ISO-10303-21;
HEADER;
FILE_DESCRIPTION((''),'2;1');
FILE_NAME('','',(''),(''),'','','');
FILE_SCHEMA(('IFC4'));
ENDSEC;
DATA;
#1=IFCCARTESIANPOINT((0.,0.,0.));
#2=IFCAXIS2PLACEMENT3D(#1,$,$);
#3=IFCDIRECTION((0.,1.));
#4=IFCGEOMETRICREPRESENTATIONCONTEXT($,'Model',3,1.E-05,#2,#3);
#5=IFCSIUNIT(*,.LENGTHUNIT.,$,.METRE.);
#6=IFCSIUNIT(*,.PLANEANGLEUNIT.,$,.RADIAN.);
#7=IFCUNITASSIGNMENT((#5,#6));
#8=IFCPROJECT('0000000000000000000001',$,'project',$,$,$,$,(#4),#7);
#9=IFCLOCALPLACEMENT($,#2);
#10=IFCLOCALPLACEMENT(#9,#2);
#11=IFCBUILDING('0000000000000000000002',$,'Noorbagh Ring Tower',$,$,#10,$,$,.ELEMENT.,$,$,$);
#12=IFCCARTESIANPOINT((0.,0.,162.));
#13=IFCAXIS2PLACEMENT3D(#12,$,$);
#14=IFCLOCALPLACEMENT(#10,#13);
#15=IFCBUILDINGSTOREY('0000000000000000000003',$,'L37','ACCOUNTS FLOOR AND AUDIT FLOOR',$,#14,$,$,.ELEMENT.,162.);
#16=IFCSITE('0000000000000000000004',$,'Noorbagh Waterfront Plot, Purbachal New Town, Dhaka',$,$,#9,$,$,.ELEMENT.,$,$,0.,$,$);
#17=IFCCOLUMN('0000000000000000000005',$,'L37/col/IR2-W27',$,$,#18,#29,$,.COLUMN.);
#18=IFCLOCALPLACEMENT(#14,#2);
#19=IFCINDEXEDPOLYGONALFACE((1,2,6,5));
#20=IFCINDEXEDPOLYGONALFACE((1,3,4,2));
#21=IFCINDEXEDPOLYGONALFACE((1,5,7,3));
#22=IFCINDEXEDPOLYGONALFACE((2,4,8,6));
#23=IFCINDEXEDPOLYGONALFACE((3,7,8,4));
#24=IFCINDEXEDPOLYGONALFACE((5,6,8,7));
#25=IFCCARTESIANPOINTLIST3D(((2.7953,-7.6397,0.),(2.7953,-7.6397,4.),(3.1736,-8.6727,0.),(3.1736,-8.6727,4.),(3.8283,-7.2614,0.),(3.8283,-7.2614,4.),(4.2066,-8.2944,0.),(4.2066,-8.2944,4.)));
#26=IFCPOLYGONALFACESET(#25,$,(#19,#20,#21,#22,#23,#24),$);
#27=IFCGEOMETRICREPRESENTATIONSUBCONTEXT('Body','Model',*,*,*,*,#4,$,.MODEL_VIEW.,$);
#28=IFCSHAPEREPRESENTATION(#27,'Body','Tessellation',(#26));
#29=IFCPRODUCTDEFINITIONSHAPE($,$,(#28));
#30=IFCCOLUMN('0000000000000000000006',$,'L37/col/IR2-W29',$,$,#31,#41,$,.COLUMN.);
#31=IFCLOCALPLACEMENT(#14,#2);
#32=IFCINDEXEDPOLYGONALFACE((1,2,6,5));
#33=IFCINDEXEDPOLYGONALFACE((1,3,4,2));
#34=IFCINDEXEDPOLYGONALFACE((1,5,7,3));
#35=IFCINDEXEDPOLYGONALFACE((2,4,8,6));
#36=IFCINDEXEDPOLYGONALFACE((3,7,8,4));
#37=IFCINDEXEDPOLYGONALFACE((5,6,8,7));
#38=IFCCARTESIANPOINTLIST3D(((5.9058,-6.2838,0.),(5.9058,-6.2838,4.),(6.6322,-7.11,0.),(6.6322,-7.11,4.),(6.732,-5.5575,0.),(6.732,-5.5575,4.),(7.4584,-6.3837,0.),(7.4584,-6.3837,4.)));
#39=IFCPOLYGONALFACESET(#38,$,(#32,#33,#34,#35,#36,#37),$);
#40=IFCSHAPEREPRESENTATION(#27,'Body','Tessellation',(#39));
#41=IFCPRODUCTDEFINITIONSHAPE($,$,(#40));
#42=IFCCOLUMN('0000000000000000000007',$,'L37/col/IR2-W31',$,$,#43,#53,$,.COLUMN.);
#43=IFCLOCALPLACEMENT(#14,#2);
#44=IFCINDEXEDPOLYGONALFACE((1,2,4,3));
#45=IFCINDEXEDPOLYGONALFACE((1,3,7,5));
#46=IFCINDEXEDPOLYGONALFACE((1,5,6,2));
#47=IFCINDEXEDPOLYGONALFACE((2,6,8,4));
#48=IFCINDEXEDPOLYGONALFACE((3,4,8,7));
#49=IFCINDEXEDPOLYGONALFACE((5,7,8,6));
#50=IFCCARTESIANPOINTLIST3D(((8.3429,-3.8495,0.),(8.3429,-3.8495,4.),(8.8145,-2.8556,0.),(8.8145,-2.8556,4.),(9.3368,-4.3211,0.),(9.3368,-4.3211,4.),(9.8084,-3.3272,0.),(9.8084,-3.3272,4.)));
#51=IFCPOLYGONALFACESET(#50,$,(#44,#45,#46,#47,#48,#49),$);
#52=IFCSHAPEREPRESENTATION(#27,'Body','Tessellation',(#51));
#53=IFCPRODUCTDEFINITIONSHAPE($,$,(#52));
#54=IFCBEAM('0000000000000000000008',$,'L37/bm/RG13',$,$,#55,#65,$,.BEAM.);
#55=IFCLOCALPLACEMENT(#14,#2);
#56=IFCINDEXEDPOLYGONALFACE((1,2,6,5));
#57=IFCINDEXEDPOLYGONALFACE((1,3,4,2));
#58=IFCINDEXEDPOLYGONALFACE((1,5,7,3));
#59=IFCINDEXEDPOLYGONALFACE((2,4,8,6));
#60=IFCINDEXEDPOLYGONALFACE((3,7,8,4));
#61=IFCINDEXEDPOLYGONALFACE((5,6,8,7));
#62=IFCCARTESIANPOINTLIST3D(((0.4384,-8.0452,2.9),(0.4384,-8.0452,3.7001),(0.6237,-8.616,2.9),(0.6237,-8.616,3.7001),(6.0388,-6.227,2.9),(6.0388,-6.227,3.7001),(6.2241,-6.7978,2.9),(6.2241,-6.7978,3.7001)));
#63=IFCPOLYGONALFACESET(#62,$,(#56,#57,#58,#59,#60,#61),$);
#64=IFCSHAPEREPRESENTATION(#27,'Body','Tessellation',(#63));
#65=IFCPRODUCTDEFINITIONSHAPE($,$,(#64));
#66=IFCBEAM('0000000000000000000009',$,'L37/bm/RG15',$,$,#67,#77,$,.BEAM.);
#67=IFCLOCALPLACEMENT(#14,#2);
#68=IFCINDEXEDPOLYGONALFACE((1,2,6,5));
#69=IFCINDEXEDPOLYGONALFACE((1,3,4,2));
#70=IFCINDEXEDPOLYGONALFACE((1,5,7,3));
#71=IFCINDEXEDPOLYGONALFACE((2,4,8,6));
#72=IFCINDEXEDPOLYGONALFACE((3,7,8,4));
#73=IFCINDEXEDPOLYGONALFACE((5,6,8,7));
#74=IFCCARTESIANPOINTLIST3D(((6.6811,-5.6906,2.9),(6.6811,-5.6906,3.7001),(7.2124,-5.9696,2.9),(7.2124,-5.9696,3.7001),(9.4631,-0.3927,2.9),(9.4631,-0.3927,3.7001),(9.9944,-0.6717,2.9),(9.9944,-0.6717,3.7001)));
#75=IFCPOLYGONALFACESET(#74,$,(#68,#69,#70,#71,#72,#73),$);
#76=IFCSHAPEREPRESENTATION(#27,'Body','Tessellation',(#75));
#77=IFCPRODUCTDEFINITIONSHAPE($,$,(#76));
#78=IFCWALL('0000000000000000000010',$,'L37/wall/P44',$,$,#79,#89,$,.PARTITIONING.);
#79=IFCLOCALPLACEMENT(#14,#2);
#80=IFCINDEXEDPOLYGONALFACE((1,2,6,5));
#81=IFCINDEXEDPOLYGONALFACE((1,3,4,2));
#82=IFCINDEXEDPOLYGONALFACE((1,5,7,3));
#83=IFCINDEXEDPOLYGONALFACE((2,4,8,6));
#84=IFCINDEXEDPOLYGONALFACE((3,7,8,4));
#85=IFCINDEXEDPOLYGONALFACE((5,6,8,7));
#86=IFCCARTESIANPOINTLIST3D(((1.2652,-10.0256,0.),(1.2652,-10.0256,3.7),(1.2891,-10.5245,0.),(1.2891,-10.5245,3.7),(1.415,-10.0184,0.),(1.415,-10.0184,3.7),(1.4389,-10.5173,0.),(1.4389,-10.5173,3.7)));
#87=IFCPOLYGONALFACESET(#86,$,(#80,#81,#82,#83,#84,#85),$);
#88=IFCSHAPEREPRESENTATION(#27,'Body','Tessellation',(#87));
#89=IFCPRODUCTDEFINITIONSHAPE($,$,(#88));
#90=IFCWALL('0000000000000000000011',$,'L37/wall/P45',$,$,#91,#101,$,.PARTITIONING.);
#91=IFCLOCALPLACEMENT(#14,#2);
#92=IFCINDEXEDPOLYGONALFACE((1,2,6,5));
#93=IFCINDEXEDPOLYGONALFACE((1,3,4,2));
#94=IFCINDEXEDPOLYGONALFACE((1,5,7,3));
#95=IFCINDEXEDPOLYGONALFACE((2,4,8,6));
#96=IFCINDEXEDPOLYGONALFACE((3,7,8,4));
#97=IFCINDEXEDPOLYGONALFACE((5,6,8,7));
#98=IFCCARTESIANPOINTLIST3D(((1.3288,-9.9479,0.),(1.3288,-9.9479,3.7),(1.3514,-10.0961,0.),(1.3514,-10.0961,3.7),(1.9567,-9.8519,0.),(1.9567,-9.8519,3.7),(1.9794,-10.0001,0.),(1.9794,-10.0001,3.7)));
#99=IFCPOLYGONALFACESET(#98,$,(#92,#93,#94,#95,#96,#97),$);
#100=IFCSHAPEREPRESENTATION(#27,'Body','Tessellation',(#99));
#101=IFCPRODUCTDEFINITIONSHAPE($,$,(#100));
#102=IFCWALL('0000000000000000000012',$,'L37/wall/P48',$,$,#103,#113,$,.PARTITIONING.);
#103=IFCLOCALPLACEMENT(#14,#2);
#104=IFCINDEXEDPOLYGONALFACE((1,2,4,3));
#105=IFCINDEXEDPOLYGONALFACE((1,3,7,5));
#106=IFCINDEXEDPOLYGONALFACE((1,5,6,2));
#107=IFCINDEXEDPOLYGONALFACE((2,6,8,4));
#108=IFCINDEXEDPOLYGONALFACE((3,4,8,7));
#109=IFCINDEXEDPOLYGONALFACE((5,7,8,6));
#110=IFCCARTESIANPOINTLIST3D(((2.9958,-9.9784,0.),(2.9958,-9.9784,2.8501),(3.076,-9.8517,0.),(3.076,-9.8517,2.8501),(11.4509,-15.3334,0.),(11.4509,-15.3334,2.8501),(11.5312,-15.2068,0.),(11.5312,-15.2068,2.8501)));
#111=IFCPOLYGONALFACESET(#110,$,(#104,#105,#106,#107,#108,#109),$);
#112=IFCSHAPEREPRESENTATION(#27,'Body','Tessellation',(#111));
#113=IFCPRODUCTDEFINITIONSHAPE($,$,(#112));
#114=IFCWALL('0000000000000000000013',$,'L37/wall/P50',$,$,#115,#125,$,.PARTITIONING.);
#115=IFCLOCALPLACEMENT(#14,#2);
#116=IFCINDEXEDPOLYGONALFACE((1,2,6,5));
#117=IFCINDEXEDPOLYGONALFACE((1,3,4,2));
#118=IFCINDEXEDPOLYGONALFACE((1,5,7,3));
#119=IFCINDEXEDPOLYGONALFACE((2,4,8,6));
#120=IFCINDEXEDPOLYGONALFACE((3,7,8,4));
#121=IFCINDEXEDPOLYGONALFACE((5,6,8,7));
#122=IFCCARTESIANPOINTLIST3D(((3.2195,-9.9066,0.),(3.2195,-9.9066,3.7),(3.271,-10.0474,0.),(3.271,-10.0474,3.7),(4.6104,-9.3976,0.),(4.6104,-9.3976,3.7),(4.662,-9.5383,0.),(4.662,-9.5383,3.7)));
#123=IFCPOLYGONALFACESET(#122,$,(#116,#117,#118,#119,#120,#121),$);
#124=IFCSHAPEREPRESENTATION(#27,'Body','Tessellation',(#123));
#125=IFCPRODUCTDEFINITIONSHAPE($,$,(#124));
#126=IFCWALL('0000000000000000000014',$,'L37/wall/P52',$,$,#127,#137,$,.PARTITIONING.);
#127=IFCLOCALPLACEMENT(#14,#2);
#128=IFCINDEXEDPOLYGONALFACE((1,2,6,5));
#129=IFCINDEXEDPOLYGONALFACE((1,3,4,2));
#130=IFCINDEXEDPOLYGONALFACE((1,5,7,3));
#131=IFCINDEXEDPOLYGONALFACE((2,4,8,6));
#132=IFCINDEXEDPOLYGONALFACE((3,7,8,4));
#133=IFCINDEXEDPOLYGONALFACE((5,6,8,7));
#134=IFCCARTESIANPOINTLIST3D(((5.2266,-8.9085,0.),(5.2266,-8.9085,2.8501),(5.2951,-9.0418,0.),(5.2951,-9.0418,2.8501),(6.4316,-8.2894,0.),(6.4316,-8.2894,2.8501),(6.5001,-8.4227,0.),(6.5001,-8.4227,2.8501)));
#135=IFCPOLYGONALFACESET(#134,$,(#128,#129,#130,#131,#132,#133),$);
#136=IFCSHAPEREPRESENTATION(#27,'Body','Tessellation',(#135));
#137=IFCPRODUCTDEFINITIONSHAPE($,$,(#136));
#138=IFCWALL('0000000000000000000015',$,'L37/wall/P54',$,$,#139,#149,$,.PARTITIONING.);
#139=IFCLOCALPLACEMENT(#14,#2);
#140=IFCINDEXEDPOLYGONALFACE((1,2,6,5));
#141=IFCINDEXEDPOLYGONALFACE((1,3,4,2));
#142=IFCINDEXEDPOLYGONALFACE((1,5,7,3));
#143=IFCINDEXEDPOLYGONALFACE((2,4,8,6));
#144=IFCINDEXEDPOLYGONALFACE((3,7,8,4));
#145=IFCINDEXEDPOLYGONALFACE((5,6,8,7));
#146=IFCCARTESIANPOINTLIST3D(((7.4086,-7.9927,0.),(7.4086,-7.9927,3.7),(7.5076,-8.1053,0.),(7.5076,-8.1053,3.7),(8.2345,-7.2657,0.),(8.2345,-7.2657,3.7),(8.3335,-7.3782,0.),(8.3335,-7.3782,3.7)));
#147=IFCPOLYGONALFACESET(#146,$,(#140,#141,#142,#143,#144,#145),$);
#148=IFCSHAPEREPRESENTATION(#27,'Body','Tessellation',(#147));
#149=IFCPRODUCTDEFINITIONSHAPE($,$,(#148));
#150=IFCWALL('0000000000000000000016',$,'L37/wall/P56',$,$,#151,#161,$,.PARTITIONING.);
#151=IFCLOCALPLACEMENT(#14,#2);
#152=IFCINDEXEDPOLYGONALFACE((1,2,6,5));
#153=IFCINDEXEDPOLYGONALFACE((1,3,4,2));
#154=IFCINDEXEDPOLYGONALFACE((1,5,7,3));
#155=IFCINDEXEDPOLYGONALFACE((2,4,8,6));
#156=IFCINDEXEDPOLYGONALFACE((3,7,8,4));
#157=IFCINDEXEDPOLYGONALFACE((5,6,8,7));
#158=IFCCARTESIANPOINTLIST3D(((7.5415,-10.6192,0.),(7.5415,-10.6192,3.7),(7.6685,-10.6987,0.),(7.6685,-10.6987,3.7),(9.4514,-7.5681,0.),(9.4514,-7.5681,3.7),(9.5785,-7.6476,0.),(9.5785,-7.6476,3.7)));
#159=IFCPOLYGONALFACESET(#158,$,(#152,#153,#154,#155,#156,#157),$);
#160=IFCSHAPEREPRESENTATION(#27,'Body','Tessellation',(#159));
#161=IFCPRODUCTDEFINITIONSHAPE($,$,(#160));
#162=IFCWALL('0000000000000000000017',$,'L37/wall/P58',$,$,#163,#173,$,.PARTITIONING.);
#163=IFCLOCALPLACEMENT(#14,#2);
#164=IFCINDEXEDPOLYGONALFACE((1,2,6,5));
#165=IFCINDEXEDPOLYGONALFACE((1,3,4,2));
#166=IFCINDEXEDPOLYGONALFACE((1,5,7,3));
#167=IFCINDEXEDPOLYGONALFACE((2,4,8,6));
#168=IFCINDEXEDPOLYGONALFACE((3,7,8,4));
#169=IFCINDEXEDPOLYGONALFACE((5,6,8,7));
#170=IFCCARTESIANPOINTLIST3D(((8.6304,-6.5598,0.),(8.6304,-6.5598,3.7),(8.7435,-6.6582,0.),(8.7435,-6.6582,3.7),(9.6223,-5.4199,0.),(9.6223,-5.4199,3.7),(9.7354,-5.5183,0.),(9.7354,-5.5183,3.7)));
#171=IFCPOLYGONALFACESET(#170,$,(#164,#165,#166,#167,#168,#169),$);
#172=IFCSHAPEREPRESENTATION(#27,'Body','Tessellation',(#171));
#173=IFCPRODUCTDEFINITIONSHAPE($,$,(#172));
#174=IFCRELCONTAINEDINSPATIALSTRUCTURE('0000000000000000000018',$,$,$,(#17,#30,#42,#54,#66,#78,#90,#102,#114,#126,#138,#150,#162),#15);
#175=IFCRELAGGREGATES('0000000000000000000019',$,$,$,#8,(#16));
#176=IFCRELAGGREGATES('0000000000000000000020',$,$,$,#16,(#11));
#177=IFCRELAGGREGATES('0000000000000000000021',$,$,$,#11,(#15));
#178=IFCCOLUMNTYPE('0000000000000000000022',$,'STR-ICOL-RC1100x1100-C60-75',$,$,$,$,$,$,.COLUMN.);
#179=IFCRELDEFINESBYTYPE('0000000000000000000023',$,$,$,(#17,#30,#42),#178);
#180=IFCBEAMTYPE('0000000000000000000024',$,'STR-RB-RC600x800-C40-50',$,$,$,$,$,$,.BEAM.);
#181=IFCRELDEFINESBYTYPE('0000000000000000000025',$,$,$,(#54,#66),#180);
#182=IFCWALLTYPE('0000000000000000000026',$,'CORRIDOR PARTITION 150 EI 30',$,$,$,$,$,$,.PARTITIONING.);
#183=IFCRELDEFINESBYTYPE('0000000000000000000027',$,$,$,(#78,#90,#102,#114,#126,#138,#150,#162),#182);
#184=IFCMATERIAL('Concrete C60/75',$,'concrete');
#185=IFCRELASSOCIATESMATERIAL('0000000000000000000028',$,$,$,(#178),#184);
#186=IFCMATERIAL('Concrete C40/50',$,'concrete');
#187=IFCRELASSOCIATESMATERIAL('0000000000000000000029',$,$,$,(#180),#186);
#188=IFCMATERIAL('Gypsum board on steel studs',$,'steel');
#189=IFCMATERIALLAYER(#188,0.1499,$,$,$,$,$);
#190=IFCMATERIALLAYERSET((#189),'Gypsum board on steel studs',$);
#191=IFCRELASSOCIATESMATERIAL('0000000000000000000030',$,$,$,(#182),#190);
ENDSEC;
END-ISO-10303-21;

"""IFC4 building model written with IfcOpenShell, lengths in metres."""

from ifc_helpers import new_model, si_unit, direction, frame, frame_2d, origin, origin_2d, place, context, subcontext, project, spatial, rectangle, extrude, material, layer, layer_set, material_profile, profile_set, type_object, element, save


model = new_model("IFC4")

# Units and contexts
model_context = context("Model", 3, precision=1e-05, world=origin(), true_north=direction((0.0, 1.0)))
body_context = subcontext(model_context, "Body", "Model", "MODEL_VIEW")
ifc_project = project(units=[si_unit("LENGTHUNIT", "METRE"), si_unit("PLANEANGLEUNIT", "RADIAN")], contexts=[model_context])

# Site, building, storey
site_placement = place(None, origin())
site = spatial("IfcSite", under=ifc_project, at=site_placement, Name="Noorbagh Waterfront Plot, Purbachal New Town, Dhaka", CompositionType="ELEMENT", RefElevation=0.0)
building_placement = place(site_placement, origin())
building = spatial("IfcBuilding", under=site, at=building_placement, Name="Noorbagh Ring Tower", CompositionType="ELEMENT")
storey_placement = place(building_placement, frame((0.0, 0.0, 162.0)))
storey = spatial("IfcBuildingStorey", under=building, at=storey_placement, Name="L37", Description="ACCOUNTS FLOOR AND AUDIT FLOOR", CompositionType="ELEMENT", Elevation=162.0)

# Columns
ifc_material_1 = material(Name="Concrete C60/75", Category="concrete")
ifc_material_profile_1 = material_profile(ifc_material_1, rectangle(XDim=1.1001, YDim=1.1001, at=origin_2d()), Name="RC1100x1100")
ifc_profile_set_1 = profile_set([ifc_material_profile_1], Name="Concrete C60/75")
column_type = type_object("IfcColumnType", Name="STR-ICOL-RC1100x1100-C60-75", PredefinedType="COLUMN", material=ifc_profile_set_1)
for number, where, z_axis, x_axis, name in (
    (1, (3.501, -7.967, 0.0), (0.0, 0.0, 1.0), (0.93902, 0.343864, 0.0), "L37/col/IR2-W27"),
    (2, (6.6821, -6.3337, 0.0), (0.0, 0.0, 1.0), (0.751022, 0.660277, 0.0), "L37/col/IR2-W29"),
    (3, (9.0757, -3.5884, 0.0), (0.0, 0.0, 1.0), (0.428667, 0.903463, 0.0), "L37/col/IR2-W31"),
):
    element("IfcColumn", number, at=place(storey_placement, frame(where, z_axis=z_axis, x_axis=x_axis)), inside=storey, type_object=column_type, Name=name, PredefinedType="COLUMN", context=body_context, shape_type="SweptSolid", body=[
        extrude(rectangle(XDim=1.1001, YDim=1.1001, at=origin_2d()), origin(), (0.0, 0.0, 1.0), 4.0),
    ])

# Beams
ifc_material_2 = material(Name="Concrete C40/50", Category="concrete")
ifc_material_profile_2 = material_profile(ifc_material_2, rectangle(XDim=0.6001, YDim=0.8, at=origin_2d()), Name="RC600x800")
ifc_profile_set_2 = profile_set([ifc_material_profile_2], Name="Concrete C40/50")
beam_type = type_object("IfcBeamType", Name="STR-RB-RC600x800-C40-50", PredefinedType="BEAM", material=ifc_profile_set_2)
beam_1_placement = place(storey_placement, frame((0.531, -8.3306, 3.3), z_axis=(0.951134, 0.308779, 0.0), x_axis=(-0.308779, 0.951134, 0.0)))
element("IfcBeam", 4, at=beam_1_placement, inside=storey, type_object=beam_type, Name="L37/bm/RG13", PredefinedType="BEAM", context=body_context, shape_type="SweptSolid", body=[
    extrude(rectangle(XDim=0.6001, YDim=0.8, at=origin_2d()), origin(), (0.0, 0.0, 1.0), 5.8882),
])
beam_2_placement = place(storey_placement, frame((6.9468, -5.8301, 3.3), z_axis=(0.464914, 0.885356, 0.0), x_axis=(-0.885356, 0.464914, 0.0)))
element("IfcBeam", 5, at=beam_2_placement, inside=storey, type_object=beam_type, Name="L37/bm/RG15", PredefinedType="BEAM", context=body_context, shape_type="SweptSolid", body=[
    extrude(rectangle(XDim=0.6001, YDim=0.8, at=origin_2d()), origin(), (0.0, 0.0, 1.0), 5.9839),
])

# Walls
ifc_material_3 = material(Name="Gypsum board on steel studs", Category="steel")
ifc_layer_1 = layer(ifc_material_3, 0.1499)
ifc_layer_set_1 = layer_set([ifc_layer_1], Name="Gypsum board on steel studs")
wall_type_1 = type_object("IfcWallType", Name="CORRIDOR PARTITION 150 EI 30", PredefinedType="PARTITIONING", material=ifc_layer_set_1)
wall_1_placement = place(storey_placement, frame((1.3401, -10.022, 0.0), z_axis=(0.0, 0.0, 1.0), x_axis=(0.04789, -0.998853, 0.0)))
element("IfcWall", 6, at=wall_1_placement, inside=storey, type_object=wall_type_1, Name="L37/wall/P44", PredefinedType="PARTITIONING", context=body_context, shape_type="SweptSolid", body=[
    extrude(rectangle(XDim=0.4995, YDim=0.1499, at=frame_2d((0.2498, 0.0))), origin(), (0.0, 0.0, 1.0), 3.7),
])
wall_2_placement = place(storey_placement, frame((1.3401, -10.022, 0.0), z_axis=(0.0, 0.0, 1.0), x_axis=(0.988527, 0.151046, 0.0)))
element("IfcWall", 7, at=wall_2_placement, inside=storey, type_object=wall_type_1, Name="L37/wall/P45", PredefinedType="PARTITIONING", context=body_context, shape_type="SweptSolid", body=[
    extrude(rectangle(XDim=0.6353, YDim=0.1499, at=frame_2d((0.3176, 0.0))), origin(), (0.0, 0.0, 1.0), 3.7),
])
wall_3_placement = place(storey_placement, frame((3.0359, -9.915, 0.0), z_axis=(0.0, 0.0, 1.0), x_axis=(0.844815, -0.535059, 0.0)))
element("IfcWall", 8, at=wall_3_placement, inside=storey, type_object=wall_type_1, Name="L37/wall/P48", PredefinedType="PARTITIONING", context=body_context, shape_type="SweptSolid", body=[
    extrude(rectangle(XDim=10.0083, YDim=0.1499, at=frame_2d((5.0042, 0.0))), origin(), (0.0, 0.0, 1.0), 2.8501),
])
wall_4_placement = place(storey_placement, frame((3.2451, -9.9771, 0.0), z_axis=(0.0, 0.0, 1.0), x_axis=(0.939084, 0.343688, 0.0)))
element("IfcWall", 9, at=wall_4_placement, inside=storey, type_object=wall_type_1, Name="L37/wall/P50", PredefinedType="PARTITIONING", context=body_context, shape_type="SweptSolid", body=[
    extrude(rectangle(XDim=1.4812, YDim=0.1499, at=frame_2d((0.7407, 0.0))), origin(), (0.0, 0.0, 1.0), 3.7),
])
wall_5_placement = place(storey_placement, frame((5.261, -8.9751, 0.0), z_axis=(0.0, 0.0, 1.0), x_axis=(0.889472, 0.45699, 0.0)))
element("IfcWall", 10, at=wall_5_placement, inside=storey, type_object=wall_type_1, Name="L37/wall/P52", PredefinedType="PARTITIONING", context=body_context, shape_type="SweptSolid", body=[
    extrude(rectangle(XDim=1.3547, YDim=0.1499, at=frame_2d((0.6772, 0.0))), origin(), (0.0, 0.0, 1.0), 2.8501),
])
wall_6_placement = place(storey_placement, frame((7.458, -8.0491, 0.0), z_axis=(0.0, 0.0, 1.0), x_axis=(0.750608, 0.660748, 0.0)))
element("IfcWall", 11, at=wall_6_placement, inside=storey, type_object=wall_type_1, Name="L37/wall/P54", PredefinedType="PARTITIONING", context=body_context, shape_type="SweptSolid", body=[
    extrude(rectangle(XDim=1.1003, YDim=0.1499, at=frame_2d((0.5503, 0.0))), origin(), (0.0, 0.0, 1.0), 3.7),
])
wall_7_placement = place(storey_placement, frame((7.605, -10.6589, 0.0), z_axis=(0.0, 0.0, 1.0), x_axis=(0.530602, 0.847621, 0.0)))
element("IfcWall", 12, at=wall_7_placement, inside=storey, type_object=wall_type_1, Name="L37/wall/P56", PredefinedType="PARTITIONING", context=body_context, shape_type="SweptSolid", body=[
    extrude(rectangle(XDim=3.5996, YDim=0.1499, at=frame_2d((1.7998, 0.0))), origin(), (0.0, 0.0, 1.0), 3.7),
])
wall_8_placement = place(storey_placement, frame((8.687, -6.6089, 0.0), z_axis=(0.0, 0.0, 1.0), x_axis=(0.656455, 0.754365, 0.0)))
element("IfcWall", 13, at=wall_8_placement, inside=storey, type_object=wall_type_1, Name="L37/wall/P58", PredefinedType="PARTITIONING", context=body_context, shape_type="SweptSolid", body=[
    extrude(rectangle(XDim=1.511, YDim=0.1499, at=frame_2d((0.7554, 0.0))), origin(), (0.0, 0.0, 1.0), 3.7),
])

save(model, "model.ifc")
